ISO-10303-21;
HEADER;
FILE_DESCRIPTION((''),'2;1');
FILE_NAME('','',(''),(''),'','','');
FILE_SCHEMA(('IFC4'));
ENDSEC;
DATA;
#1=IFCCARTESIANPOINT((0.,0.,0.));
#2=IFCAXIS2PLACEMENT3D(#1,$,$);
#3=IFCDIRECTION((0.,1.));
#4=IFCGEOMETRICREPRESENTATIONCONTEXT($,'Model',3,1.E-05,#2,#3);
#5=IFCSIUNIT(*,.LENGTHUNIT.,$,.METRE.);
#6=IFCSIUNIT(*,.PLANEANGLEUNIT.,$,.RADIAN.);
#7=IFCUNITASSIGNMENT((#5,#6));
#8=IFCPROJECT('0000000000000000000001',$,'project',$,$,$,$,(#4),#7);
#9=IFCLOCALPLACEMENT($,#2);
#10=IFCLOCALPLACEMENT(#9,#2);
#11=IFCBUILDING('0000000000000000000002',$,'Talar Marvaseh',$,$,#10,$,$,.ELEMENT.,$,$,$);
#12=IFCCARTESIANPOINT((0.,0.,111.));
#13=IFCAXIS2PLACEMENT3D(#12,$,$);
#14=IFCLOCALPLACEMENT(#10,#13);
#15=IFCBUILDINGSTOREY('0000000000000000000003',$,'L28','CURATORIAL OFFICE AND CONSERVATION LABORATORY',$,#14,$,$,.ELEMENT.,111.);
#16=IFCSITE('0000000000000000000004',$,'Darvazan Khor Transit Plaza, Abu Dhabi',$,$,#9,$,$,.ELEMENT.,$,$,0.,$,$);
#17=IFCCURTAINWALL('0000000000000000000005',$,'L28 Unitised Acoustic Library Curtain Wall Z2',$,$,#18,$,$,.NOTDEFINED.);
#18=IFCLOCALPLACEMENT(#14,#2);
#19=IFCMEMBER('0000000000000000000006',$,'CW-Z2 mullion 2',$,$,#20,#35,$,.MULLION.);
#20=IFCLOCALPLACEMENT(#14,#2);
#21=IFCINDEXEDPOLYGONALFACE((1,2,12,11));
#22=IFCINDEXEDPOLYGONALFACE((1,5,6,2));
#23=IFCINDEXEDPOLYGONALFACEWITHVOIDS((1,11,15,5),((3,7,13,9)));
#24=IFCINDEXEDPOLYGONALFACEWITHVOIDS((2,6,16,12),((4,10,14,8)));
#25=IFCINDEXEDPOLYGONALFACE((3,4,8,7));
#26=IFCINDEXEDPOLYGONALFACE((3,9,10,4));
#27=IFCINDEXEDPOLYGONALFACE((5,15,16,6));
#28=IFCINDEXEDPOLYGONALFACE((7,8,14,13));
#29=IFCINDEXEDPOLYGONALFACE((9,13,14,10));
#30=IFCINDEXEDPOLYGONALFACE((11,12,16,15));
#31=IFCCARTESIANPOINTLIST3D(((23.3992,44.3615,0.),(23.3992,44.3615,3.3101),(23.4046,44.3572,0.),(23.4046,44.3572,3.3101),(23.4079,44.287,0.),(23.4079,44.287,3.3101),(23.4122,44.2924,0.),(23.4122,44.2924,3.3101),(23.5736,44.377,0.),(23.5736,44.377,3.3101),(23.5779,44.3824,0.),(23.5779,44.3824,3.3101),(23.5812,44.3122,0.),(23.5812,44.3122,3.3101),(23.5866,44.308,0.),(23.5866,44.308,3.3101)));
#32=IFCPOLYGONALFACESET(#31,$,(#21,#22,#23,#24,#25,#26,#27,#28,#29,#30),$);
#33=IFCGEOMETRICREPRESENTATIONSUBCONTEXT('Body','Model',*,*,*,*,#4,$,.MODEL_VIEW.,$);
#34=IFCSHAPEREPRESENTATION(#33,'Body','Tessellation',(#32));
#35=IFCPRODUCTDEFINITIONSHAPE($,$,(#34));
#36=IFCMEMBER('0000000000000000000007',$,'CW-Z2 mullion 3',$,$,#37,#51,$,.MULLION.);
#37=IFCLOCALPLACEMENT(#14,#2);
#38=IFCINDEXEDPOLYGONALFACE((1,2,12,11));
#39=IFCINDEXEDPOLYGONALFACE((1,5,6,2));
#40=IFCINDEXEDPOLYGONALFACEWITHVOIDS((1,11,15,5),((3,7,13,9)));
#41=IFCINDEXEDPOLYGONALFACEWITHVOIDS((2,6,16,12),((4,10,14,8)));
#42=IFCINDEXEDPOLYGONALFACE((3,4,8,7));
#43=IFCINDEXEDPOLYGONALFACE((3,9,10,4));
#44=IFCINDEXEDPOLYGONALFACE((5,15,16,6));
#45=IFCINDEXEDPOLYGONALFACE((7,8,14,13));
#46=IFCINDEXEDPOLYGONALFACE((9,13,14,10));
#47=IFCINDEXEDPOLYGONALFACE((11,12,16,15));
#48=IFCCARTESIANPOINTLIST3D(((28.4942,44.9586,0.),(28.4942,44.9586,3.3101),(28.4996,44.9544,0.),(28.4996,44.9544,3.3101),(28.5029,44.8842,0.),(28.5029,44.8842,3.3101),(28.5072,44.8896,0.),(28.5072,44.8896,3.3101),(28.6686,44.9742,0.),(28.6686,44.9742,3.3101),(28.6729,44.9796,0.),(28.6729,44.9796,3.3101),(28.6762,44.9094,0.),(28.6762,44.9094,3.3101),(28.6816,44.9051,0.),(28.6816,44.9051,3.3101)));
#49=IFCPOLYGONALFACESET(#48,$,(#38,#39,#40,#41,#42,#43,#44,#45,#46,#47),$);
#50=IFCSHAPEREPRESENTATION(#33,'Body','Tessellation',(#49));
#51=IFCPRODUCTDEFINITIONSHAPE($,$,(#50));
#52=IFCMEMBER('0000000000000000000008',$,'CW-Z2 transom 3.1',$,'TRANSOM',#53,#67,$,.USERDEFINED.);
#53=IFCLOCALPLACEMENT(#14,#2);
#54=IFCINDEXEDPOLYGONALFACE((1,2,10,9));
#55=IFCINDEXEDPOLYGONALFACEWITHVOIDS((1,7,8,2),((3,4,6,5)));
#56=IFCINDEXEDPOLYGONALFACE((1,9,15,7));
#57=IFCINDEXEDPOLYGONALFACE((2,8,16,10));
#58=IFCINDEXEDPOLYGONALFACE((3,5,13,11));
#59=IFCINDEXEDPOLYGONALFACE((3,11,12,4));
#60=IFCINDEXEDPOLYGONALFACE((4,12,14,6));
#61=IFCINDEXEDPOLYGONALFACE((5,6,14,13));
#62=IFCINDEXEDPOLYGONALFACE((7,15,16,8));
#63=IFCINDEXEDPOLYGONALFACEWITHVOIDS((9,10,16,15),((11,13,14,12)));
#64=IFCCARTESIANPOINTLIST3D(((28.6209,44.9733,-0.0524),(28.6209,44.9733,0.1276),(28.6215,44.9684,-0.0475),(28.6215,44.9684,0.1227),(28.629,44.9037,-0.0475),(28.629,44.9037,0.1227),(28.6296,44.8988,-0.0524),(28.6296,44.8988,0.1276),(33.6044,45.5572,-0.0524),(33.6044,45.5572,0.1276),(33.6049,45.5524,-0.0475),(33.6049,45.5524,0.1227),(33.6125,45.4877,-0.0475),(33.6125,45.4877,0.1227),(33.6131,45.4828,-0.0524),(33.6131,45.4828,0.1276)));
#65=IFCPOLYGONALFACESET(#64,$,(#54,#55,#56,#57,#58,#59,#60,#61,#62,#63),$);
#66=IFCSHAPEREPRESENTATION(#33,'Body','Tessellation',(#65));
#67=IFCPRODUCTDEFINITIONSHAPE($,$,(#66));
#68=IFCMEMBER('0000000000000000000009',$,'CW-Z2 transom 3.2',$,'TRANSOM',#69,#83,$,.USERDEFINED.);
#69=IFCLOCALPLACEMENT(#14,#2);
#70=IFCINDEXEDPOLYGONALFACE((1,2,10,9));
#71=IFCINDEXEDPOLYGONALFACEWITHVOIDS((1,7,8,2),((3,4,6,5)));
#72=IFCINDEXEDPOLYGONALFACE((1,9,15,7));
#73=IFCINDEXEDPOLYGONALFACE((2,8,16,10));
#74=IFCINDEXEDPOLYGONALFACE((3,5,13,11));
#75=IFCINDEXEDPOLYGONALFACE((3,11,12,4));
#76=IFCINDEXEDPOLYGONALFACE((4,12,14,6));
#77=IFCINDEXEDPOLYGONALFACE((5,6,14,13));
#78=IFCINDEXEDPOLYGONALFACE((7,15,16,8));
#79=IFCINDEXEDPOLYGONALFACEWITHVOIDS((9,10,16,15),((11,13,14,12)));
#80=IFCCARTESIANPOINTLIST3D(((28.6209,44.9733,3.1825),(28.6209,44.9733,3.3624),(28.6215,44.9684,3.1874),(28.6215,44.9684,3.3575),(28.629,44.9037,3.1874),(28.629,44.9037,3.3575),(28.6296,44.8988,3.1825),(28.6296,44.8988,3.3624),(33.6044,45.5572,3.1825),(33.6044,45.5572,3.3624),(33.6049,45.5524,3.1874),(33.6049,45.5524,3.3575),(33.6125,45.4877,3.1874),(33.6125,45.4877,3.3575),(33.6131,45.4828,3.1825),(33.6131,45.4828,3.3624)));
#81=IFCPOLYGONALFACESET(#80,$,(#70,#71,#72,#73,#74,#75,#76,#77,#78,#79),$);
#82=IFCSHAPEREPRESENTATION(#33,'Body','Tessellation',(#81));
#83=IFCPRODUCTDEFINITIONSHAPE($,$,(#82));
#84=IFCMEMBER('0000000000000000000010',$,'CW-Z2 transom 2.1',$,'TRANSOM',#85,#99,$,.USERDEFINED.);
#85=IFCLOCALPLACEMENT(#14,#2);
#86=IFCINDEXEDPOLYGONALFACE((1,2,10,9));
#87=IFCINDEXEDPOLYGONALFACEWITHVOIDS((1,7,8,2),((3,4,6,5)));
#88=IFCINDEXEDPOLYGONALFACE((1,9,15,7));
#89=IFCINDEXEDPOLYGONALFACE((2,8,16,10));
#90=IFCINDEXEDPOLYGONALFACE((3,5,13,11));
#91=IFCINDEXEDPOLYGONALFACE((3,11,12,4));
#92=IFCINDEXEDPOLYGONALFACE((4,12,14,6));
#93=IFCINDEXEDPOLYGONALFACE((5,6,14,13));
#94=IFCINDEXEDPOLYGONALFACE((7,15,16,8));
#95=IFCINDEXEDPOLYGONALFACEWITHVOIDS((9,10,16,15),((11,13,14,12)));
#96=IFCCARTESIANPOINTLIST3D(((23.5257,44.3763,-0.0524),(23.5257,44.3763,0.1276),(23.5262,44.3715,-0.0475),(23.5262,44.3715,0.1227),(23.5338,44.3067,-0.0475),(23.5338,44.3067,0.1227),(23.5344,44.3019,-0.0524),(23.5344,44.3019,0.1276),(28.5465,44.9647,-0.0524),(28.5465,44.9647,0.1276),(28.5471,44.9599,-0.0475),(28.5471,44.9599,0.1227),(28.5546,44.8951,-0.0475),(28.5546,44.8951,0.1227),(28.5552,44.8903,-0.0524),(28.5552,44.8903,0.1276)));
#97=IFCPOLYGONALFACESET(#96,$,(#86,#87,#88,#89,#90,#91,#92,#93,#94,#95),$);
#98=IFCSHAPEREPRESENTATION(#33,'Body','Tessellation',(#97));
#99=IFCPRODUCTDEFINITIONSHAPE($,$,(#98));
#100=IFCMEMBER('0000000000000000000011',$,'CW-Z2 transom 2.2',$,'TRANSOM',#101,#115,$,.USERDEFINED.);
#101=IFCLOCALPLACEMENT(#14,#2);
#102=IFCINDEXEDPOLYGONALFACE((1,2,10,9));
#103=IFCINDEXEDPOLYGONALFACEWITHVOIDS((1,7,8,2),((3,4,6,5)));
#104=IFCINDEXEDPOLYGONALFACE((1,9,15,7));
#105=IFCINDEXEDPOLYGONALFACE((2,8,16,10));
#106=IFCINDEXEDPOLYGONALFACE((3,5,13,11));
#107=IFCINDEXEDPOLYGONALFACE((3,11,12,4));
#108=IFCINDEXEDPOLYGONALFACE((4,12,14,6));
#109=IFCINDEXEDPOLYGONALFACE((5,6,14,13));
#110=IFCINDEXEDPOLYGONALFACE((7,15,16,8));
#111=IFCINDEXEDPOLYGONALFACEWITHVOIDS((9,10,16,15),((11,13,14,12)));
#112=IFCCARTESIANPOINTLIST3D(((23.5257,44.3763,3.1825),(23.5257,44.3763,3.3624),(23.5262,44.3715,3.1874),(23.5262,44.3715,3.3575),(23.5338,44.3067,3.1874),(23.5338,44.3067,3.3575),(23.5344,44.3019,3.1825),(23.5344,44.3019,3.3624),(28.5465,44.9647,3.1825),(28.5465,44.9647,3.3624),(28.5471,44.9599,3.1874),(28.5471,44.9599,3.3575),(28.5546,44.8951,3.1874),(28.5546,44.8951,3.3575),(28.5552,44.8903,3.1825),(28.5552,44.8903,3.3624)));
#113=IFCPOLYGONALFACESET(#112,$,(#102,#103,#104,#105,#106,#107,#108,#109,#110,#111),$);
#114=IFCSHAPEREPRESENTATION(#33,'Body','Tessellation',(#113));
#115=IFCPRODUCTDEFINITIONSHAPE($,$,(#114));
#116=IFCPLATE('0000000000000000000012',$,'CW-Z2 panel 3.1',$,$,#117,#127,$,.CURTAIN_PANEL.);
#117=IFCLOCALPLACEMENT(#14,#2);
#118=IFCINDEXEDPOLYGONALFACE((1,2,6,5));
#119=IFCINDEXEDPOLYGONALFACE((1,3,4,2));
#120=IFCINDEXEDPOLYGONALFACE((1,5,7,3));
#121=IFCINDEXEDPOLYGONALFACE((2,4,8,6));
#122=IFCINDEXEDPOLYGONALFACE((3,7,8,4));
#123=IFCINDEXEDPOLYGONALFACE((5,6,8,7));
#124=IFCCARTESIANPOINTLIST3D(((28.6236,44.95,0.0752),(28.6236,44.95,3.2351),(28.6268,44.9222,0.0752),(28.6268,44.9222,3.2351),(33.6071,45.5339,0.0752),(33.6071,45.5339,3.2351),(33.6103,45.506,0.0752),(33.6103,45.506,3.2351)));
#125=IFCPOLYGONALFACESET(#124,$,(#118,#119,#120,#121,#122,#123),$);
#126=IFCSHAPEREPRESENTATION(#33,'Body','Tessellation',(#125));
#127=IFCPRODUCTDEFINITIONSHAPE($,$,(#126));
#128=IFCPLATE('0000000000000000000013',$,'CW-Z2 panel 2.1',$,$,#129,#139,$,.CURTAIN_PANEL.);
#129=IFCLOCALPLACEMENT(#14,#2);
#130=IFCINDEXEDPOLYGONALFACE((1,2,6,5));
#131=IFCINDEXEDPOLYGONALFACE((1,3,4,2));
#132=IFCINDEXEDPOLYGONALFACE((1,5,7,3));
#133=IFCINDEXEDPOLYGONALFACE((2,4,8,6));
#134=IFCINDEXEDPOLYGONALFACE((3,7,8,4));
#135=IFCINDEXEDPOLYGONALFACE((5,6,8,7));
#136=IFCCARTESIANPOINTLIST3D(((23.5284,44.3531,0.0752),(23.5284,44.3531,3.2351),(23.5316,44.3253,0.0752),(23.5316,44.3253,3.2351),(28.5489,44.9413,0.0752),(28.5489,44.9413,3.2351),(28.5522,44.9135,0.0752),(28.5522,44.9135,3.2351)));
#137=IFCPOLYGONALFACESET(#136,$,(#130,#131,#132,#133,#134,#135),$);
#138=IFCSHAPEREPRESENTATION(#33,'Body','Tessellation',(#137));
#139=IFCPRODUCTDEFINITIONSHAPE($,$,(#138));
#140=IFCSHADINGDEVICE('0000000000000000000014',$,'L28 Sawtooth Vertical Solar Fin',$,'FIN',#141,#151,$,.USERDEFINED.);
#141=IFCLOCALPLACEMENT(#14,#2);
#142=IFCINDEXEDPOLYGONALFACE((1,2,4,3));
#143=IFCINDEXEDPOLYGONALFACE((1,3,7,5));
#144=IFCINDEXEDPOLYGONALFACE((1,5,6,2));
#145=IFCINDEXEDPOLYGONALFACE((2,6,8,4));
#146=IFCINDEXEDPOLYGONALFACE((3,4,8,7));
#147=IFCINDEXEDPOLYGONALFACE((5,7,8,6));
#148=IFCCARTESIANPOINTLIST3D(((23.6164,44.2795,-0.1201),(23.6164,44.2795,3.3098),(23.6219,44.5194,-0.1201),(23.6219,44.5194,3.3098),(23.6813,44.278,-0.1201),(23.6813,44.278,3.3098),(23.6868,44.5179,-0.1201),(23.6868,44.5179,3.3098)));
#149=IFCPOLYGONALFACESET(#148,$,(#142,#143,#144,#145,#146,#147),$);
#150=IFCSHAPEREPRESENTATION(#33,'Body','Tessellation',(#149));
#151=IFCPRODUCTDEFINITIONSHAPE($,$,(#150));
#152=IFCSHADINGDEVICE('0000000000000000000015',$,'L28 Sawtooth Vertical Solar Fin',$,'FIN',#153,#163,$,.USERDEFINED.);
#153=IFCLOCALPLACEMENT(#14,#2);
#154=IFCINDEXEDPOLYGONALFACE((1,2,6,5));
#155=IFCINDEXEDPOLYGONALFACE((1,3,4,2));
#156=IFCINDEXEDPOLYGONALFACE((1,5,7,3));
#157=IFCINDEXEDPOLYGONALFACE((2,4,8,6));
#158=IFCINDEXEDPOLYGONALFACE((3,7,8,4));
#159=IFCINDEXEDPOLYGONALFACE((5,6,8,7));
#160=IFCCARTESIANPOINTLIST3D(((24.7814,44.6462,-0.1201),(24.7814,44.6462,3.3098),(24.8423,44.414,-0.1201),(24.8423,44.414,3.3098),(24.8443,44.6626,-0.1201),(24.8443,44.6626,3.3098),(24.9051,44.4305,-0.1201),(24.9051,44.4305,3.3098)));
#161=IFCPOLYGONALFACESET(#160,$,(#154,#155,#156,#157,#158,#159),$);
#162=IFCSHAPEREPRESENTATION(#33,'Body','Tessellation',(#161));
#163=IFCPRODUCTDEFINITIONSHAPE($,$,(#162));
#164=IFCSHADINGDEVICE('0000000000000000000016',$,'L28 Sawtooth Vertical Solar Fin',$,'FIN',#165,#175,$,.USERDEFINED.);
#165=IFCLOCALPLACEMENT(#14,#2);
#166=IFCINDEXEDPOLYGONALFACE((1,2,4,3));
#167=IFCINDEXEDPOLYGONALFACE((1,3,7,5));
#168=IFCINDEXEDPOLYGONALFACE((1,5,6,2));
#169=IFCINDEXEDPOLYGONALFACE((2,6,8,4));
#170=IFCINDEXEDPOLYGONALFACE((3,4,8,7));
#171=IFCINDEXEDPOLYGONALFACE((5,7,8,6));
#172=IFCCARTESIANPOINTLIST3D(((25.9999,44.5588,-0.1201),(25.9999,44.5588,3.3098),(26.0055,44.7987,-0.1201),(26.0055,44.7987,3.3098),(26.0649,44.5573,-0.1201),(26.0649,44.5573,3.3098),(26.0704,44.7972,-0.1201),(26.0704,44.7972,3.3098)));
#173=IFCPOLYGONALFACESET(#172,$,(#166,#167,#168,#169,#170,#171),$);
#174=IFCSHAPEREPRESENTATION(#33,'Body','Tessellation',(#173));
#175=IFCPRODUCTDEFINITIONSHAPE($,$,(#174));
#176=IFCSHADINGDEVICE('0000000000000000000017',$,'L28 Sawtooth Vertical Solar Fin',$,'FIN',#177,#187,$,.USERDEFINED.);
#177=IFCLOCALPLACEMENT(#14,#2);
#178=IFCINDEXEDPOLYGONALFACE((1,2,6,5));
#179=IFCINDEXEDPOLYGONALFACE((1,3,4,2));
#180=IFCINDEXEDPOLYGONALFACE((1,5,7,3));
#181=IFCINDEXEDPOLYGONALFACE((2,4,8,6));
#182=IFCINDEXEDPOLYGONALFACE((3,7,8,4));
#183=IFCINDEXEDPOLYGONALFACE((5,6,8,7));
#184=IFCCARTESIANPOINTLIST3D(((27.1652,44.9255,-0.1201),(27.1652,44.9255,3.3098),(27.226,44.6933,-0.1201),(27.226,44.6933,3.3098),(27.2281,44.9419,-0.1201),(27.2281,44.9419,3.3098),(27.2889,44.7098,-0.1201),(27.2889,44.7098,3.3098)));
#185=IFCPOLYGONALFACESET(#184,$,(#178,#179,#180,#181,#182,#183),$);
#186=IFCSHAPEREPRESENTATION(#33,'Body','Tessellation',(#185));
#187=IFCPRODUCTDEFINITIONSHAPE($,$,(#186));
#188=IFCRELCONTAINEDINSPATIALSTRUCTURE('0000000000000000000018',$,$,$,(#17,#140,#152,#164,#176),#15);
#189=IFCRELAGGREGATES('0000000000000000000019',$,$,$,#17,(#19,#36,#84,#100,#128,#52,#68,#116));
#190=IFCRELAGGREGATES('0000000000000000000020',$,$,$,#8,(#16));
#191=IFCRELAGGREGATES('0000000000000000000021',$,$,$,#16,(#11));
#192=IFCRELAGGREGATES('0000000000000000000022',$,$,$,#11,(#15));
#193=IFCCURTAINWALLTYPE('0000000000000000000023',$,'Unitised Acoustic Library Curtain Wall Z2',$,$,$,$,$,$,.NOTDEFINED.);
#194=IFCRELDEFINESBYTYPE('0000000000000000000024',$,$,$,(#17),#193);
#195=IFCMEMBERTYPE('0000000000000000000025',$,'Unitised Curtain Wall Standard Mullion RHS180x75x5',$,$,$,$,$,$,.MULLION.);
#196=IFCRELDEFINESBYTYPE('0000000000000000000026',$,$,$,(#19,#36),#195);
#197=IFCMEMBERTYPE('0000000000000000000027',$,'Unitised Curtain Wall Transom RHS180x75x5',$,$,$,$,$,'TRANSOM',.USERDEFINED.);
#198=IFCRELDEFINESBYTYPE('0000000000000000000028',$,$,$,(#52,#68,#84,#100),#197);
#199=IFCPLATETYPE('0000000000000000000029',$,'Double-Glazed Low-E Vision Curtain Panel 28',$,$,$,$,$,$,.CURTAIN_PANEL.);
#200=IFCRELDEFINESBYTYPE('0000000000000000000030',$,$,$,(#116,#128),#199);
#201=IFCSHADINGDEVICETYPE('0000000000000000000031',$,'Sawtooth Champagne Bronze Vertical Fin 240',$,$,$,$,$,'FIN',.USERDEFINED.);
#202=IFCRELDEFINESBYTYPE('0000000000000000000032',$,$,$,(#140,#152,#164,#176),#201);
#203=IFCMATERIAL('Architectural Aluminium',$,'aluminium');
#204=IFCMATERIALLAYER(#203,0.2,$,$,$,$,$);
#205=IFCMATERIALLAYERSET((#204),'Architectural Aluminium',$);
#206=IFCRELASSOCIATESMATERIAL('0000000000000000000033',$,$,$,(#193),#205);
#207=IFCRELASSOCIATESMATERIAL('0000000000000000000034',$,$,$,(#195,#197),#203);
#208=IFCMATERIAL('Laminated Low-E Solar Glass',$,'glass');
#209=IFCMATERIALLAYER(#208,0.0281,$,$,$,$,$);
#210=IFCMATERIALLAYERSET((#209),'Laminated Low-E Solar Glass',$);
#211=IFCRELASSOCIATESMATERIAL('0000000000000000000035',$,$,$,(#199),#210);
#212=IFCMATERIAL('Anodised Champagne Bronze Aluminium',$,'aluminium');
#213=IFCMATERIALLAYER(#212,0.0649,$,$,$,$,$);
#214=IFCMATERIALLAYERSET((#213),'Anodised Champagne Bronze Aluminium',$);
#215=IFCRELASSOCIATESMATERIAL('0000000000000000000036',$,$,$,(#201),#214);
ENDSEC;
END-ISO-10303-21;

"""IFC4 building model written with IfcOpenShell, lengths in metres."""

from ifc_helpers import new_model, si_unit, direction, frame, origin, origin_2d, place, context, subcontext, project, spatial, rectangle, hollow_rectangle, extrude, source, transform, mapped, material, layer, layer_set, material_profile, profile_set, type_object, type_shapes, element, aggregate, save


model = new_model("IFC4")

# Units and contexts
model_context = context("Model", 3, precision=1e-05, world=origin(), true_north=direction((0.0, 1.0)))
body_context = subcontext(model_context, "Body", "Model", "MODEL_VIEW")
ifc_project = project(units=[si_unit("LENGTHUNIT", "METRE"), si_unit("PLANEANGLEUNIT", "RADIAN")], contexts=[model_context])

# Site, building, storey
site_placement = place(None, origin())
site = spatial("IfcSite", under=ifc_project, at=site_placement, Name="Darvazan Khor Transit Plaza, Abu Dhabi", CompositionType="ELEMENT", RefElevation=0.0)
building_placement = place(site_placement, origin())
building = spatial("IfcBuilding", under=site, at=building_placement, Name="Talar Marvaseh", CompositionType="ELEMENT")
storey_placement = place(building_placement, frame((0.0, 0.0, 111.0)))
storey = spatial("IfcBuildingStorey", under=building, at=storey_placement, Name="L28", Description="CURATORIAL OFFICE AND CONSERVATION LABORATORY", CompositionType="ELEMENT", Elevation=111.0)

# Curtain wall, members, plates
ifc_material_1 = material(Name="Architectural Aluminium", Category="aluminium")
ifc_layer_1 = layer(ifc_material_1, 0.2)
ifc_layer_set_1 = layer_set([ifc_layer_1], Name="Architectural Aluminium")
curtain_wall_type = type_object("IfcCurtainWallType", Name="Unitised Acoustic Library Curtain Wall Z2", PredefinedType="NOTDEFINED", material=ifc_layer_set_1)
curtain_wall_placement = place(storey_placement, origin())
curtain_wall = element("IfcCurtainWall", 1, at=curtain_wall_placement, inside=storey, type_object=curtain_wall_type, Name="L28 Unitised Acoustic Library Curtain Wall Z2", PredefinedType="NOTDEFINED")
ifc_material_profile_1 = material_profile(ifc_material_1, hollow_rectangle(XDim=0.075, YDim=0.1799, WallThickness=0.0049, at=origin_2d()), Name="RHS180x75x5")
ifc_profile_set_1 = profile_set([ifc_material_profile_1], Name="Architectural Aluminium")
member_type_1 = type_object("IfcMemberType", Name="Unitised Curtain Wall Standard Mullion RHS180x75x5", PredefinedType="MULLION", material=ifc_profile_set_1)
shared_shape_1 = source(origin(), body_context, "Body", "SweptSolid", [
    extrude(hollow_rectangle(XDim=0.075, YDim=0.1799, WallThickness=0.0049, at=origin_2d()), origin(), (0.0, 0.0, 1.0), 3.3101),
])
type_shapes(member_type_1, [shared_shape_1])
member_1_placement = place(storey_placement, frame((23.4929, 44.3347, 0.0), z_axis=(0.0, 0.0, 1.0), x_axis=(-0.11636, 0.993207, 0.0)))
member_1 = element("IfcMember", 2, at=member_1_placement, type_object=member_type_1, Name="CW-Z2 mullion 2", PredefinedType="MULLION", context=body_context, shape_type="MappedRepresentation", body=[
    mapped(shared_shape_1, transform((0.0, 0.0, 0.0), x_axis=(1.0, 0.0, 0.0), y_axis=(0.0, 1.0, 0.0), z_axis=(0.0, 0.0, 1.0), scale=1.0)),
])
member_2_placement = place(storey_placement, frame((28.5879, 44.9319, 0.0), z_axis=(0.0, 0.0, 1.0), x_axis=(-0.11636, 0.993207, 0.0)))
member_2 = element("IfcMember", 3, at=member_2_placement, type_object=member_type_1, Name="CW-Z2 mullion 3", PredefinedType="MULLION", context=body_context, shape_type="MappedRepresentation", body=[
    mapped(shared_shape_1, transform((0.0, 0.0, 0.0), x_axis=(1.0, 0.0, 0.0), y_axis=(0.0, 1.0, 0.0), z_axis=(0.0, 0.0, 1.0), scale=1.0)),
])
ifc_material_profile_2 = material_profile(ifc_material_1, hollow_rectangle(XDim=0.075, YDim=0.1799, WallThickness=0.0049, at=origin_2d()), Name="RHS180x75x5")
ifc_profile_set_2 = profile_set([ifc_material_profile_2], Name="Architectural Aluminium")
member_type_2 = type_object("IfcMemberType", Name="Unitised Curtain Wall Transom RHS180x75x5", ElementType="TRANSOM", PredefinedType="USERDEFINED", material=ifc_profile_set_2)
shared_shape_2 = source(origin(), body_context, "Body", "SweptSolid", [
    extrude(hollow_rectangle(XDim=0.075, YDim=0.1799, WallThickness=0.0049, at=origin_2d()), origin(), (0.0, 0.0, 1.0), 5.0176),
])
member_3_placement = place(storey_placement, frame((28.6252, 44.936, 0.0376), z_axis=(0.993204, 0.11639, 0.0), x_axis=(-0.11639, 0.993204, 0.0)))
member_3 = element("IfcMember", 4, at=member_3_placement, type_object=member_type_2, Name="CW-Z2 transom 3.1", ObjectType="TRANSOM", PredefinedType="USERDEFINED", context=body_context, shape_type="MappedRepresentation", body=[
    mapped(shared_shape_2, transform((0.0, 0.0, 0.0), x_axis=(1.0, 0.0, 0.0), y_axis=(0.0, 1.0, 0.0), z_axis=(0.0, 0.0, 1.0), scale=1.0)),
])
member_4_placement = place(storey_placement, frame((28.6252, 44.936, 3.2725), z_axis=(0.993204, 0.11639, 0.0), x_axis=(-0.11639, 0.993204, 0.0)))
member_4 = element("IfcMember", 5, at=member_4_placement, type_object=member_type_2, Name="CW-Z2 transom 3.2", ObjectType="TRANSOM", PredefinedType="USERDEFINED", context=body_context, shape_type="MappedRepresentation", body=[
    mapped(shared_shape_2, transform((0.0, 0.0, 0.0), x_axis=(1.0, 0.0, 0.0), y_axis=(0.0, 1.0, 0.0), z_axis=(0.0, 0.0, 1.0), scale=1.0)),
])
shared_shape_3 = source(origin(), body_context, "Body", "SweptSolid", [
    extrude(hollow_rectangle(XDim=0.075, YDim=0.1799, WallThickness=0.0049, at=origin_2d()), origin(), (0.0, 0.0, 1.0), 5.0552),
])
type_shapes(member_type_2, [shared_shape_2, shared_shape_3])
member_5_placement = place(storey_placement, frame((23.53, 44.3391, 0.0376), z_axis=(0.993203, 0.116393, 0.0), x_axis=(-0.116393, 0.993203, 0.0)))
member_5 = element("IfcMember", 6, at=member_5_placement, type_object=member_type_2, Name="CW-Z2 transom 2.1", ObjectType="TRANSOM", PredefinedType="USERDEFINED", context=body_context, shape_type="MappedRepresentation", body=[
    mapped(shared_shape_3, transform((0.0, 0.0, 0.0), x_axis=(1.0, 0.0, 0.0), y_axis=(0.0, 1.0, 0.0), z_axis=(0.0, 0.0, 1.0), scale=1.0)),
])
member_6_placement = place(storey_placement, frame((23.53, 44.3391, 3.2725), z_axis=(0.993203, 0.116393, 0.0), x_axis=(-0.116393, 0.993203, 0.0)))
member_6 = element("IfcMember", 7, at=member_6_placement, type_object=member_type_2, Name="CW-Z2 transom 2.2", ObjectType="TRANSOM", PredefinedType="USERDEFINED", context=body_context, shape_type="MappedRepresentation", body=[
    mapped(shared_shape_3, transform((0.0, 0.0, 0.0), x_axis=(1.0, 0.0, 0.0), y_axis=(0.0, 1.0, 0.0), z_axis=(0.0, 0.0, 1.0), scale=1.0)),
])
ifc_material_2 = material(Name="Laminated Low-E Solar Glass", Category="glass")
ifc_layer_2 = layer(ifc_material_2, 0.0281)
ifc_layer_set_2 = layer_set([ifc_layer_2], Name="Laminated Low-E Solar Glass")
plate_type = type_object("IfcPlateType", Name="Double-Glazed Low-E Vision Curtain Panel 28", PredefinedType="CURTAIN_PANEL", material=ifc_layer_set_2)
shared_shape_4 = source(origin(), body_context, "Body", "SweptSolid", [
    extrude(rectangle(XDim=5.0176, YDim=0.0281, at=origin_2d()), origin(), (0.0, 0.0, 1.0), 3.1599),
])
plate_1_placement = place(storey_placement, frame((31.1169, 45.228, 0.0752), z_axis=(0.0, 0.0, 1.0), x_axis=(0.993207, 0.11636, 0.0)))
plate_1 = element("IfcPlate", 8, at=plate_1_placement, type_object=plate_type, Name="CW-Z2 panel 3.1", PredefinedType="CURTAIN_PANEL", context=body_context, shape_type="MappedRepresentation", body=[
    mapped(shared_shape_4, transform((0.0, 0.0, 0.0), x_axis=(1.0, 0.0, 0.0), y_axis=(0.0, 1.0, 0.0), z_axis=(0.0, 0.0, 1.0), scale=1.0)),
])
shared_shape_5 = source(origin(), body_context, "Body", "SweptSolid", [
    extrude(rectangle(XDim=5.0549, YDim=0.0281, at=origin_2d()), origin(), (0.0, 0.0, 1.0), 3.1599),
])
type_shapes(plate_type, [shared_shape_4, shared_shape_5])
plate_2_placement = place(storey_placement, frame((26.0403, 44.6333, 0.0752), z_axis=(0.0, 0.0, 1.0), x_axis=(0.993207, 0.11636, 0.0)))
plate_2 = element("IfcPlate", 9, at=plate_2_placement, type_object=plate_type, Name="CW-Z2 panel 2.1", PredefinedType="CURTAIN_PANEL", context=body_context, shape_type="MappedRepresentation", body=[
    mapped(shared_shape_5, transform((0.0, 0.0, 0.0), x_axis=(1.0, 0.0, 0.0), y_axis=(0.0, 1.0, 0.0), z_axis=(0.0, 0.0, 1.0), scale=1.0)),
])
aggregate(curtain_wall, [member_1, member_2, member_5, member_6, plate_2, member_3, member_4, plate_1])

# Shading devices
ifc_material_3 = material(Name="Anodised Champagne Bronze Aluminium", Category="aluminium")
ifc_layer_3 = layer(ifc_material_3, 0.0649)
ifc_layer_set_3 = layer_set([ifc_layer_3], Name="Anodised Champagne Bronze Aluminium")
shading_device_type = type_object("IfcShadingDeviceType", Name="Sawtooth Champagne Bronze Vertical Fin 240", ElementType="FIN", PredefinedType="USERDEFINED", material=ifc_layer_set_3)
shared_shape_6 = source(origin(), body_context, "Body", "SweptSolid", [
    extrude(rectangle(XDim=0.24, YDim=0.0649, at=origin_2d()), origin(), (0.0, 0.0, 1.0), 3.4299),
])
type_shapes(shading_device_type, [shared_shape_6])
for number, where, z_axis, x_axis, name in (
    (10, (23.6516, 44.3987, -0.1201), (0.0, 0.0, 1.0), (0.023036, 0.999735, 0.0), "L28 Sawtooth Vertical Solar Fin"),
    (11, (24.8433, 44.5383, -0.1201), (0.0, 0.0, 1.0), (-0.25342, 0.967356, 0.0), "L28 Sawtooth Vertical Solar Fin"),
    (12, (26.0352, 44.678, -0.1201), (0.0, 0.0, 1.0), (0.023036, 0.999735, 0.0), "L28 Sawtooth Vertical Solar Fin"),
    (13, (27.2271, 44.8176, -0.1201), (0.0, 0.0, 1.0), (-0.25342, 0.967356, 0.0), "L28 Sawtooth Vertical Solar Fin"),
):
    element("IfcShadingDevice", number, at=place(storey_placement, frame(where, z_axis=z_axis, x_axis=x_axis)), inside=storey, type_object=shading_device_type, Name=name, ObjectType="FIN", PredefinedType="USERDEFINED", context=body_context, shape_type="MappedRepresentation", body=[
        mapped(shared_shape_6, transform((0.0, 0.0, 0.0), x_axis=(1.0, 0.0, 0.0), y_axis=(0.0, 1.0, 0.0), z_axis=(0.0, 0.0, 1.0), scale=1.0)),
    ])

save(model, "model.ifc")
